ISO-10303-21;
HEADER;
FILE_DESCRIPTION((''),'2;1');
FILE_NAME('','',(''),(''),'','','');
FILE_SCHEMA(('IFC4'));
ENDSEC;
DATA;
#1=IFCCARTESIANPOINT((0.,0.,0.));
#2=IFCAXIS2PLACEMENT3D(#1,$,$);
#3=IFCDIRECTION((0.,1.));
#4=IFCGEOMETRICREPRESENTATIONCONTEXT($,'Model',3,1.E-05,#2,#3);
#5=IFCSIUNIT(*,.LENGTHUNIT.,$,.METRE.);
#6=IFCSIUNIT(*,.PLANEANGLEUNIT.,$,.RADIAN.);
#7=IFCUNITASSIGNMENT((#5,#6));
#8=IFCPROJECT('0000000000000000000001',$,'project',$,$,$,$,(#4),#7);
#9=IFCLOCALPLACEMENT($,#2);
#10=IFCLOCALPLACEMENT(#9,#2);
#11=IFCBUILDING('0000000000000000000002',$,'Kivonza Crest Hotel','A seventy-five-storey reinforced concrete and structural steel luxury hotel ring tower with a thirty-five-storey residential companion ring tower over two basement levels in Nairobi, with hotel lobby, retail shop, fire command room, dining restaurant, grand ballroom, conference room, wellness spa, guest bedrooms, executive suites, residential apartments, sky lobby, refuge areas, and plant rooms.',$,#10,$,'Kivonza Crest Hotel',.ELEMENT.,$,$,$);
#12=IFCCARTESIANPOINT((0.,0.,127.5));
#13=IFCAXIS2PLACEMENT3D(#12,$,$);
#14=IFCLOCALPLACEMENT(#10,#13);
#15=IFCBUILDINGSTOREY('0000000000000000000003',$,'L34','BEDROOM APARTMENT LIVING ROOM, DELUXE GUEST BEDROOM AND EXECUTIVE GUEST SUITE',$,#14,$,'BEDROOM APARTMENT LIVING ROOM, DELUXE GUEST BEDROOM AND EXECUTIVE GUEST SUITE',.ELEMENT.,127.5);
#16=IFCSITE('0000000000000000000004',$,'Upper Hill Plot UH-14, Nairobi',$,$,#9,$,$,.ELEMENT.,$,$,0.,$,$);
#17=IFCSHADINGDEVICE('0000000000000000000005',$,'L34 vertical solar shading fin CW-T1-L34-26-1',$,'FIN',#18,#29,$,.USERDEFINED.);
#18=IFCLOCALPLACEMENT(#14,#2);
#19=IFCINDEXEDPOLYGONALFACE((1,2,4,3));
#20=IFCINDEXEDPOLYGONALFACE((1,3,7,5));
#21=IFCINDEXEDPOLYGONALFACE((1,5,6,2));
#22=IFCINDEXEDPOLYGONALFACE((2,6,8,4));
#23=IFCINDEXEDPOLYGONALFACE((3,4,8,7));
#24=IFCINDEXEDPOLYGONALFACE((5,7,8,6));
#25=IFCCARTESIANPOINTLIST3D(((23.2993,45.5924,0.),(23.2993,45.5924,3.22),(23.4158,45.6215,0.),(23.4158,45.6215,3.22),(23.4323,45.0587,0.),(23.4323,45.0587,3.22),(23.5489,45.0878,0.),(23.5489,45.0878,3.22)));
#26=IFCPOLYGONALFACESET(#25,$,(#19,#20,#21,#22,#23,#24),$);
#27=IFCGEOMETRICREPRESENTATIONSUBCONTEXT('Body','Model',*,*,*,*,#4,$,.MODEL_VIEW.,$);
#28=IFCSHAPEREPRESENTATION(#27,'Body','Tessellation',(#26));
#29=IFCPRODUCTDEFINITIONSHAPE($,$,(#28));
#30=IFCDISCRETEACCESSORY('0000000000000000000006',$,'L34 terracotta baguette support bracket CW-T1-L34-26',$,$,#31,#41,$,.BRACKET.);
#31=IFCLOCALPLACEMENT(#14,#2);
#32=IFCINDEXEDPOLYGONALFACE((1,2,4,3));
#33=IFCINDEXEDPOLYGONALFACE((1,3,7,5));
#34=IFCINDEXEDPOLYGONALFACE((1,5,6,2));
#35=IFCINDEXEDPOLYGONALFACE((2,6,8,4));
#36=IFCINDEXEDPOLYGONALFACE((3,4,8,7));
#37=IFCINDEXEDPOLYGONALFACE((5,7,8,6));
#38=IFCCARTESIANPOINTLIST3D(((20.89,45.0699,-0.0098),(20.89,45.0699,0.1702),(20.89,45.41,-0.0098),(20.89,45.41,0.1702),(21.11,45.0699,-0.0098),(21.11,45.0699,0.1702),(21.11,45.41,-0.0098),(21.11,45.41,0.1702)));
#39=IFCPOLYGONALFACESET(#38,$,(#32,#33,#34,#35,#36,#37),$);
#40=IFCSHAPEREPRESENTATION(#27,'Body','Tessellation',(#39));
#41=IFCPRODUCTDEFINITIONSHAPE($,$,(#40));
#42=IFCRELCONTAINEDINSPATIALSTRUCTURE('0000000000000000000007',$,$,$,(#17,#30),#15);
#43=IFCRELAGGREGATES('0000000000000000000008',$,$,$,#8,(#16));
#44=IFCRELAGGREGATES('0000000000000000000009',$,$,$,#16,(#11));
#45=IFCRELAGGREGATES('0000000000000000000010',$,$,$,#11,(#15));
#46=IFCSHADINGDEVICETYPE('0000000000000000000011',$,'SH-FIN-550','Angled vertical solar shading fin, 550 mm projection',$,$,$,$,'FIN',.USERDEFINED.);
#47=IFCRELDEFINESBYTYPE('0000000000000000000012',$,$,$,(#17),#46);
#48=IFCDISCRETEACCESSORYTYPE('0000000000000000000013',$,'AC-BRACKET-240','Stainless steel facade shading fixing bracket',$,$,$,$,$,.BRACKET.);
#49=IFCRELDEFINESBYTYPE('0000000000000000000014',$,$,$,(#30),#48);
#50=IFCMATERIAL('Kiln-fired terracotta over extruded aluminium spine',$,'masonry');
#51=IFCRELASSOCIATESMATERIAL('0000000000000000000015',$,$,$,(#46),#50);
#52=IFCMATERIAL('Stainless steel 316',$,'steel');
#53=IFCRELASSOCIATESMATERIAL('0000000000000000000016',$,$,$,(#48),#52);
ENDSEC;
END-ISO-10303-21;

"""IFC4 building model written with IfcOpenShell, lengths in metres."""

from ifc_helpers import new_model, si_unit, direction, frame, origin, origin_2d, place, context, subcontext, project, spatial, rectangle, extrude, material, type_object, element, save


model = new_model("IFC4")

# Units and contexts
model_context = context("Model", 3, precision=1e-05, world=origin(), true_north=direction((0.0, 1.0)))
body_context = subcontext(model_context, "Body", "Model", "MODEL_VIEW")
ifc_project = project(units=[si_unit("LENGTHUNIT", "METRE"), si_unit("PLANEANGLEUNIT", "RADIAN")], contexts=[model_context])

# Site, building, storey
site_placement = place(None, origin())
site = spatial("IfcSite", under=ifc_project, at=site_placement, Name="Upper Hill Plot UH-14, Nairobi", CompositionType="ELEMENT", RefElevation=0.0)
building_placement = place(site_placement, origin())
building = spatial("IfcBuilding", under=site, at=building_placement, Name="Kivonza Crest Hotel", Description="A seventy-five-storey reinforced concrete and structural steel luxury hotel ring tower with a thirty-five-storey residential companion ring tower over two basement levels in Nairobi, with hotel lobby, retail shop, fire command room, dining restaurant, grand ballroom, conference room, wellness spa, guest bedrooms, executive suites, residential apartments, sky lobby, refuge areas, and plant rooms.", LongName="Kivonza Crest Hotel", CompositionType="ELEMENT")
storey_placement = place(building_placement, frame((0.0, 0.0, 127.5)))
storey = spatial("IfcBuildingStorey", under=building, at=storey_placement, Name="L34", Description="BEDROOM APARTMENT LIVING ROOM, DELUXE GUEST BEDROOM AND EXECUTIVE GUEST SUITE", LongName="BEDROOM APARTMENT LIVING ROOM, DELUXE GUEST BEDROOM AND EXECUTIVE GUEST SUITE", CompositionType="ELEMENT", Elevation=127.5)

# Shading device
ifc_material_1 = material(Name="Kiln-fired terracotta over extruded aluminium spine", Category="masonry")
shading_device_type_1 = type_object("IfcShadingDeviceType", Name="SH-FIN-550", Description="Angled vertical solar shading fin, 550 mm projection", ElementType="FIN", PredefinedType="USERDEFINED", material=ifc_material_1)
shading_device_1_placement = place(storey_placement, frame((23.4241, 45.3401, 0.0), z_axis=(0.0, 0.0, 1.0), x_axis=(-0.970296, -0.241922, 0.0)))
element("IfcShadingDevice", 1, at=shading_device_1_placement, inside=storey, type_object=shading_device_type_1, Name="L34 vertical solar shading fin CW-T1-L34-26-1", ObjectType="FIN", PredefinedType="USERDEFINED", context=body_context, shape_type="SweptSolid", body=[
    extrude(rectangle(XDim=0.1201, YDim=0.55, at=origin_2d()), origin(), (0.0, 0.0, 1.0), 3.22),
])

# Discrete accessory
ifc_material_2 = material(Name="Stainless steel 316", Category="steel")
discrete_accessory_type = type_object("IfcDiscreteAccessoryType", Name="AC-BRACKET-240", Description="Stainless steel facade shading fixing bracket", PredefinedType="BRACKET", material=ifc_material_2)
discrete_accessory_placement = place(storey_placement, frame((21.0, 45.24, -0.0098), z_axis=(0.0, 0.0, 1.0), x_axis=(-1.0, 0.0, 0.0)))
element("IfcDiscreteAccessory", 2, at=discrete_accessory_placement, inside=storey, type_object=discrete_accessory_type, Name="L34 terracotta baguette support bracket CW-T1-L34-26", PredefinedType="BRACKET", context=body_context, shape_type="SweptSolid", body=[
    extrude(rectangle(XDim=0.22, YDim=0.3401, at=origin_2d()), origin(), (0.0, 0.0, 1.0), 0.1799),
])

save(model, "model.ifc")
